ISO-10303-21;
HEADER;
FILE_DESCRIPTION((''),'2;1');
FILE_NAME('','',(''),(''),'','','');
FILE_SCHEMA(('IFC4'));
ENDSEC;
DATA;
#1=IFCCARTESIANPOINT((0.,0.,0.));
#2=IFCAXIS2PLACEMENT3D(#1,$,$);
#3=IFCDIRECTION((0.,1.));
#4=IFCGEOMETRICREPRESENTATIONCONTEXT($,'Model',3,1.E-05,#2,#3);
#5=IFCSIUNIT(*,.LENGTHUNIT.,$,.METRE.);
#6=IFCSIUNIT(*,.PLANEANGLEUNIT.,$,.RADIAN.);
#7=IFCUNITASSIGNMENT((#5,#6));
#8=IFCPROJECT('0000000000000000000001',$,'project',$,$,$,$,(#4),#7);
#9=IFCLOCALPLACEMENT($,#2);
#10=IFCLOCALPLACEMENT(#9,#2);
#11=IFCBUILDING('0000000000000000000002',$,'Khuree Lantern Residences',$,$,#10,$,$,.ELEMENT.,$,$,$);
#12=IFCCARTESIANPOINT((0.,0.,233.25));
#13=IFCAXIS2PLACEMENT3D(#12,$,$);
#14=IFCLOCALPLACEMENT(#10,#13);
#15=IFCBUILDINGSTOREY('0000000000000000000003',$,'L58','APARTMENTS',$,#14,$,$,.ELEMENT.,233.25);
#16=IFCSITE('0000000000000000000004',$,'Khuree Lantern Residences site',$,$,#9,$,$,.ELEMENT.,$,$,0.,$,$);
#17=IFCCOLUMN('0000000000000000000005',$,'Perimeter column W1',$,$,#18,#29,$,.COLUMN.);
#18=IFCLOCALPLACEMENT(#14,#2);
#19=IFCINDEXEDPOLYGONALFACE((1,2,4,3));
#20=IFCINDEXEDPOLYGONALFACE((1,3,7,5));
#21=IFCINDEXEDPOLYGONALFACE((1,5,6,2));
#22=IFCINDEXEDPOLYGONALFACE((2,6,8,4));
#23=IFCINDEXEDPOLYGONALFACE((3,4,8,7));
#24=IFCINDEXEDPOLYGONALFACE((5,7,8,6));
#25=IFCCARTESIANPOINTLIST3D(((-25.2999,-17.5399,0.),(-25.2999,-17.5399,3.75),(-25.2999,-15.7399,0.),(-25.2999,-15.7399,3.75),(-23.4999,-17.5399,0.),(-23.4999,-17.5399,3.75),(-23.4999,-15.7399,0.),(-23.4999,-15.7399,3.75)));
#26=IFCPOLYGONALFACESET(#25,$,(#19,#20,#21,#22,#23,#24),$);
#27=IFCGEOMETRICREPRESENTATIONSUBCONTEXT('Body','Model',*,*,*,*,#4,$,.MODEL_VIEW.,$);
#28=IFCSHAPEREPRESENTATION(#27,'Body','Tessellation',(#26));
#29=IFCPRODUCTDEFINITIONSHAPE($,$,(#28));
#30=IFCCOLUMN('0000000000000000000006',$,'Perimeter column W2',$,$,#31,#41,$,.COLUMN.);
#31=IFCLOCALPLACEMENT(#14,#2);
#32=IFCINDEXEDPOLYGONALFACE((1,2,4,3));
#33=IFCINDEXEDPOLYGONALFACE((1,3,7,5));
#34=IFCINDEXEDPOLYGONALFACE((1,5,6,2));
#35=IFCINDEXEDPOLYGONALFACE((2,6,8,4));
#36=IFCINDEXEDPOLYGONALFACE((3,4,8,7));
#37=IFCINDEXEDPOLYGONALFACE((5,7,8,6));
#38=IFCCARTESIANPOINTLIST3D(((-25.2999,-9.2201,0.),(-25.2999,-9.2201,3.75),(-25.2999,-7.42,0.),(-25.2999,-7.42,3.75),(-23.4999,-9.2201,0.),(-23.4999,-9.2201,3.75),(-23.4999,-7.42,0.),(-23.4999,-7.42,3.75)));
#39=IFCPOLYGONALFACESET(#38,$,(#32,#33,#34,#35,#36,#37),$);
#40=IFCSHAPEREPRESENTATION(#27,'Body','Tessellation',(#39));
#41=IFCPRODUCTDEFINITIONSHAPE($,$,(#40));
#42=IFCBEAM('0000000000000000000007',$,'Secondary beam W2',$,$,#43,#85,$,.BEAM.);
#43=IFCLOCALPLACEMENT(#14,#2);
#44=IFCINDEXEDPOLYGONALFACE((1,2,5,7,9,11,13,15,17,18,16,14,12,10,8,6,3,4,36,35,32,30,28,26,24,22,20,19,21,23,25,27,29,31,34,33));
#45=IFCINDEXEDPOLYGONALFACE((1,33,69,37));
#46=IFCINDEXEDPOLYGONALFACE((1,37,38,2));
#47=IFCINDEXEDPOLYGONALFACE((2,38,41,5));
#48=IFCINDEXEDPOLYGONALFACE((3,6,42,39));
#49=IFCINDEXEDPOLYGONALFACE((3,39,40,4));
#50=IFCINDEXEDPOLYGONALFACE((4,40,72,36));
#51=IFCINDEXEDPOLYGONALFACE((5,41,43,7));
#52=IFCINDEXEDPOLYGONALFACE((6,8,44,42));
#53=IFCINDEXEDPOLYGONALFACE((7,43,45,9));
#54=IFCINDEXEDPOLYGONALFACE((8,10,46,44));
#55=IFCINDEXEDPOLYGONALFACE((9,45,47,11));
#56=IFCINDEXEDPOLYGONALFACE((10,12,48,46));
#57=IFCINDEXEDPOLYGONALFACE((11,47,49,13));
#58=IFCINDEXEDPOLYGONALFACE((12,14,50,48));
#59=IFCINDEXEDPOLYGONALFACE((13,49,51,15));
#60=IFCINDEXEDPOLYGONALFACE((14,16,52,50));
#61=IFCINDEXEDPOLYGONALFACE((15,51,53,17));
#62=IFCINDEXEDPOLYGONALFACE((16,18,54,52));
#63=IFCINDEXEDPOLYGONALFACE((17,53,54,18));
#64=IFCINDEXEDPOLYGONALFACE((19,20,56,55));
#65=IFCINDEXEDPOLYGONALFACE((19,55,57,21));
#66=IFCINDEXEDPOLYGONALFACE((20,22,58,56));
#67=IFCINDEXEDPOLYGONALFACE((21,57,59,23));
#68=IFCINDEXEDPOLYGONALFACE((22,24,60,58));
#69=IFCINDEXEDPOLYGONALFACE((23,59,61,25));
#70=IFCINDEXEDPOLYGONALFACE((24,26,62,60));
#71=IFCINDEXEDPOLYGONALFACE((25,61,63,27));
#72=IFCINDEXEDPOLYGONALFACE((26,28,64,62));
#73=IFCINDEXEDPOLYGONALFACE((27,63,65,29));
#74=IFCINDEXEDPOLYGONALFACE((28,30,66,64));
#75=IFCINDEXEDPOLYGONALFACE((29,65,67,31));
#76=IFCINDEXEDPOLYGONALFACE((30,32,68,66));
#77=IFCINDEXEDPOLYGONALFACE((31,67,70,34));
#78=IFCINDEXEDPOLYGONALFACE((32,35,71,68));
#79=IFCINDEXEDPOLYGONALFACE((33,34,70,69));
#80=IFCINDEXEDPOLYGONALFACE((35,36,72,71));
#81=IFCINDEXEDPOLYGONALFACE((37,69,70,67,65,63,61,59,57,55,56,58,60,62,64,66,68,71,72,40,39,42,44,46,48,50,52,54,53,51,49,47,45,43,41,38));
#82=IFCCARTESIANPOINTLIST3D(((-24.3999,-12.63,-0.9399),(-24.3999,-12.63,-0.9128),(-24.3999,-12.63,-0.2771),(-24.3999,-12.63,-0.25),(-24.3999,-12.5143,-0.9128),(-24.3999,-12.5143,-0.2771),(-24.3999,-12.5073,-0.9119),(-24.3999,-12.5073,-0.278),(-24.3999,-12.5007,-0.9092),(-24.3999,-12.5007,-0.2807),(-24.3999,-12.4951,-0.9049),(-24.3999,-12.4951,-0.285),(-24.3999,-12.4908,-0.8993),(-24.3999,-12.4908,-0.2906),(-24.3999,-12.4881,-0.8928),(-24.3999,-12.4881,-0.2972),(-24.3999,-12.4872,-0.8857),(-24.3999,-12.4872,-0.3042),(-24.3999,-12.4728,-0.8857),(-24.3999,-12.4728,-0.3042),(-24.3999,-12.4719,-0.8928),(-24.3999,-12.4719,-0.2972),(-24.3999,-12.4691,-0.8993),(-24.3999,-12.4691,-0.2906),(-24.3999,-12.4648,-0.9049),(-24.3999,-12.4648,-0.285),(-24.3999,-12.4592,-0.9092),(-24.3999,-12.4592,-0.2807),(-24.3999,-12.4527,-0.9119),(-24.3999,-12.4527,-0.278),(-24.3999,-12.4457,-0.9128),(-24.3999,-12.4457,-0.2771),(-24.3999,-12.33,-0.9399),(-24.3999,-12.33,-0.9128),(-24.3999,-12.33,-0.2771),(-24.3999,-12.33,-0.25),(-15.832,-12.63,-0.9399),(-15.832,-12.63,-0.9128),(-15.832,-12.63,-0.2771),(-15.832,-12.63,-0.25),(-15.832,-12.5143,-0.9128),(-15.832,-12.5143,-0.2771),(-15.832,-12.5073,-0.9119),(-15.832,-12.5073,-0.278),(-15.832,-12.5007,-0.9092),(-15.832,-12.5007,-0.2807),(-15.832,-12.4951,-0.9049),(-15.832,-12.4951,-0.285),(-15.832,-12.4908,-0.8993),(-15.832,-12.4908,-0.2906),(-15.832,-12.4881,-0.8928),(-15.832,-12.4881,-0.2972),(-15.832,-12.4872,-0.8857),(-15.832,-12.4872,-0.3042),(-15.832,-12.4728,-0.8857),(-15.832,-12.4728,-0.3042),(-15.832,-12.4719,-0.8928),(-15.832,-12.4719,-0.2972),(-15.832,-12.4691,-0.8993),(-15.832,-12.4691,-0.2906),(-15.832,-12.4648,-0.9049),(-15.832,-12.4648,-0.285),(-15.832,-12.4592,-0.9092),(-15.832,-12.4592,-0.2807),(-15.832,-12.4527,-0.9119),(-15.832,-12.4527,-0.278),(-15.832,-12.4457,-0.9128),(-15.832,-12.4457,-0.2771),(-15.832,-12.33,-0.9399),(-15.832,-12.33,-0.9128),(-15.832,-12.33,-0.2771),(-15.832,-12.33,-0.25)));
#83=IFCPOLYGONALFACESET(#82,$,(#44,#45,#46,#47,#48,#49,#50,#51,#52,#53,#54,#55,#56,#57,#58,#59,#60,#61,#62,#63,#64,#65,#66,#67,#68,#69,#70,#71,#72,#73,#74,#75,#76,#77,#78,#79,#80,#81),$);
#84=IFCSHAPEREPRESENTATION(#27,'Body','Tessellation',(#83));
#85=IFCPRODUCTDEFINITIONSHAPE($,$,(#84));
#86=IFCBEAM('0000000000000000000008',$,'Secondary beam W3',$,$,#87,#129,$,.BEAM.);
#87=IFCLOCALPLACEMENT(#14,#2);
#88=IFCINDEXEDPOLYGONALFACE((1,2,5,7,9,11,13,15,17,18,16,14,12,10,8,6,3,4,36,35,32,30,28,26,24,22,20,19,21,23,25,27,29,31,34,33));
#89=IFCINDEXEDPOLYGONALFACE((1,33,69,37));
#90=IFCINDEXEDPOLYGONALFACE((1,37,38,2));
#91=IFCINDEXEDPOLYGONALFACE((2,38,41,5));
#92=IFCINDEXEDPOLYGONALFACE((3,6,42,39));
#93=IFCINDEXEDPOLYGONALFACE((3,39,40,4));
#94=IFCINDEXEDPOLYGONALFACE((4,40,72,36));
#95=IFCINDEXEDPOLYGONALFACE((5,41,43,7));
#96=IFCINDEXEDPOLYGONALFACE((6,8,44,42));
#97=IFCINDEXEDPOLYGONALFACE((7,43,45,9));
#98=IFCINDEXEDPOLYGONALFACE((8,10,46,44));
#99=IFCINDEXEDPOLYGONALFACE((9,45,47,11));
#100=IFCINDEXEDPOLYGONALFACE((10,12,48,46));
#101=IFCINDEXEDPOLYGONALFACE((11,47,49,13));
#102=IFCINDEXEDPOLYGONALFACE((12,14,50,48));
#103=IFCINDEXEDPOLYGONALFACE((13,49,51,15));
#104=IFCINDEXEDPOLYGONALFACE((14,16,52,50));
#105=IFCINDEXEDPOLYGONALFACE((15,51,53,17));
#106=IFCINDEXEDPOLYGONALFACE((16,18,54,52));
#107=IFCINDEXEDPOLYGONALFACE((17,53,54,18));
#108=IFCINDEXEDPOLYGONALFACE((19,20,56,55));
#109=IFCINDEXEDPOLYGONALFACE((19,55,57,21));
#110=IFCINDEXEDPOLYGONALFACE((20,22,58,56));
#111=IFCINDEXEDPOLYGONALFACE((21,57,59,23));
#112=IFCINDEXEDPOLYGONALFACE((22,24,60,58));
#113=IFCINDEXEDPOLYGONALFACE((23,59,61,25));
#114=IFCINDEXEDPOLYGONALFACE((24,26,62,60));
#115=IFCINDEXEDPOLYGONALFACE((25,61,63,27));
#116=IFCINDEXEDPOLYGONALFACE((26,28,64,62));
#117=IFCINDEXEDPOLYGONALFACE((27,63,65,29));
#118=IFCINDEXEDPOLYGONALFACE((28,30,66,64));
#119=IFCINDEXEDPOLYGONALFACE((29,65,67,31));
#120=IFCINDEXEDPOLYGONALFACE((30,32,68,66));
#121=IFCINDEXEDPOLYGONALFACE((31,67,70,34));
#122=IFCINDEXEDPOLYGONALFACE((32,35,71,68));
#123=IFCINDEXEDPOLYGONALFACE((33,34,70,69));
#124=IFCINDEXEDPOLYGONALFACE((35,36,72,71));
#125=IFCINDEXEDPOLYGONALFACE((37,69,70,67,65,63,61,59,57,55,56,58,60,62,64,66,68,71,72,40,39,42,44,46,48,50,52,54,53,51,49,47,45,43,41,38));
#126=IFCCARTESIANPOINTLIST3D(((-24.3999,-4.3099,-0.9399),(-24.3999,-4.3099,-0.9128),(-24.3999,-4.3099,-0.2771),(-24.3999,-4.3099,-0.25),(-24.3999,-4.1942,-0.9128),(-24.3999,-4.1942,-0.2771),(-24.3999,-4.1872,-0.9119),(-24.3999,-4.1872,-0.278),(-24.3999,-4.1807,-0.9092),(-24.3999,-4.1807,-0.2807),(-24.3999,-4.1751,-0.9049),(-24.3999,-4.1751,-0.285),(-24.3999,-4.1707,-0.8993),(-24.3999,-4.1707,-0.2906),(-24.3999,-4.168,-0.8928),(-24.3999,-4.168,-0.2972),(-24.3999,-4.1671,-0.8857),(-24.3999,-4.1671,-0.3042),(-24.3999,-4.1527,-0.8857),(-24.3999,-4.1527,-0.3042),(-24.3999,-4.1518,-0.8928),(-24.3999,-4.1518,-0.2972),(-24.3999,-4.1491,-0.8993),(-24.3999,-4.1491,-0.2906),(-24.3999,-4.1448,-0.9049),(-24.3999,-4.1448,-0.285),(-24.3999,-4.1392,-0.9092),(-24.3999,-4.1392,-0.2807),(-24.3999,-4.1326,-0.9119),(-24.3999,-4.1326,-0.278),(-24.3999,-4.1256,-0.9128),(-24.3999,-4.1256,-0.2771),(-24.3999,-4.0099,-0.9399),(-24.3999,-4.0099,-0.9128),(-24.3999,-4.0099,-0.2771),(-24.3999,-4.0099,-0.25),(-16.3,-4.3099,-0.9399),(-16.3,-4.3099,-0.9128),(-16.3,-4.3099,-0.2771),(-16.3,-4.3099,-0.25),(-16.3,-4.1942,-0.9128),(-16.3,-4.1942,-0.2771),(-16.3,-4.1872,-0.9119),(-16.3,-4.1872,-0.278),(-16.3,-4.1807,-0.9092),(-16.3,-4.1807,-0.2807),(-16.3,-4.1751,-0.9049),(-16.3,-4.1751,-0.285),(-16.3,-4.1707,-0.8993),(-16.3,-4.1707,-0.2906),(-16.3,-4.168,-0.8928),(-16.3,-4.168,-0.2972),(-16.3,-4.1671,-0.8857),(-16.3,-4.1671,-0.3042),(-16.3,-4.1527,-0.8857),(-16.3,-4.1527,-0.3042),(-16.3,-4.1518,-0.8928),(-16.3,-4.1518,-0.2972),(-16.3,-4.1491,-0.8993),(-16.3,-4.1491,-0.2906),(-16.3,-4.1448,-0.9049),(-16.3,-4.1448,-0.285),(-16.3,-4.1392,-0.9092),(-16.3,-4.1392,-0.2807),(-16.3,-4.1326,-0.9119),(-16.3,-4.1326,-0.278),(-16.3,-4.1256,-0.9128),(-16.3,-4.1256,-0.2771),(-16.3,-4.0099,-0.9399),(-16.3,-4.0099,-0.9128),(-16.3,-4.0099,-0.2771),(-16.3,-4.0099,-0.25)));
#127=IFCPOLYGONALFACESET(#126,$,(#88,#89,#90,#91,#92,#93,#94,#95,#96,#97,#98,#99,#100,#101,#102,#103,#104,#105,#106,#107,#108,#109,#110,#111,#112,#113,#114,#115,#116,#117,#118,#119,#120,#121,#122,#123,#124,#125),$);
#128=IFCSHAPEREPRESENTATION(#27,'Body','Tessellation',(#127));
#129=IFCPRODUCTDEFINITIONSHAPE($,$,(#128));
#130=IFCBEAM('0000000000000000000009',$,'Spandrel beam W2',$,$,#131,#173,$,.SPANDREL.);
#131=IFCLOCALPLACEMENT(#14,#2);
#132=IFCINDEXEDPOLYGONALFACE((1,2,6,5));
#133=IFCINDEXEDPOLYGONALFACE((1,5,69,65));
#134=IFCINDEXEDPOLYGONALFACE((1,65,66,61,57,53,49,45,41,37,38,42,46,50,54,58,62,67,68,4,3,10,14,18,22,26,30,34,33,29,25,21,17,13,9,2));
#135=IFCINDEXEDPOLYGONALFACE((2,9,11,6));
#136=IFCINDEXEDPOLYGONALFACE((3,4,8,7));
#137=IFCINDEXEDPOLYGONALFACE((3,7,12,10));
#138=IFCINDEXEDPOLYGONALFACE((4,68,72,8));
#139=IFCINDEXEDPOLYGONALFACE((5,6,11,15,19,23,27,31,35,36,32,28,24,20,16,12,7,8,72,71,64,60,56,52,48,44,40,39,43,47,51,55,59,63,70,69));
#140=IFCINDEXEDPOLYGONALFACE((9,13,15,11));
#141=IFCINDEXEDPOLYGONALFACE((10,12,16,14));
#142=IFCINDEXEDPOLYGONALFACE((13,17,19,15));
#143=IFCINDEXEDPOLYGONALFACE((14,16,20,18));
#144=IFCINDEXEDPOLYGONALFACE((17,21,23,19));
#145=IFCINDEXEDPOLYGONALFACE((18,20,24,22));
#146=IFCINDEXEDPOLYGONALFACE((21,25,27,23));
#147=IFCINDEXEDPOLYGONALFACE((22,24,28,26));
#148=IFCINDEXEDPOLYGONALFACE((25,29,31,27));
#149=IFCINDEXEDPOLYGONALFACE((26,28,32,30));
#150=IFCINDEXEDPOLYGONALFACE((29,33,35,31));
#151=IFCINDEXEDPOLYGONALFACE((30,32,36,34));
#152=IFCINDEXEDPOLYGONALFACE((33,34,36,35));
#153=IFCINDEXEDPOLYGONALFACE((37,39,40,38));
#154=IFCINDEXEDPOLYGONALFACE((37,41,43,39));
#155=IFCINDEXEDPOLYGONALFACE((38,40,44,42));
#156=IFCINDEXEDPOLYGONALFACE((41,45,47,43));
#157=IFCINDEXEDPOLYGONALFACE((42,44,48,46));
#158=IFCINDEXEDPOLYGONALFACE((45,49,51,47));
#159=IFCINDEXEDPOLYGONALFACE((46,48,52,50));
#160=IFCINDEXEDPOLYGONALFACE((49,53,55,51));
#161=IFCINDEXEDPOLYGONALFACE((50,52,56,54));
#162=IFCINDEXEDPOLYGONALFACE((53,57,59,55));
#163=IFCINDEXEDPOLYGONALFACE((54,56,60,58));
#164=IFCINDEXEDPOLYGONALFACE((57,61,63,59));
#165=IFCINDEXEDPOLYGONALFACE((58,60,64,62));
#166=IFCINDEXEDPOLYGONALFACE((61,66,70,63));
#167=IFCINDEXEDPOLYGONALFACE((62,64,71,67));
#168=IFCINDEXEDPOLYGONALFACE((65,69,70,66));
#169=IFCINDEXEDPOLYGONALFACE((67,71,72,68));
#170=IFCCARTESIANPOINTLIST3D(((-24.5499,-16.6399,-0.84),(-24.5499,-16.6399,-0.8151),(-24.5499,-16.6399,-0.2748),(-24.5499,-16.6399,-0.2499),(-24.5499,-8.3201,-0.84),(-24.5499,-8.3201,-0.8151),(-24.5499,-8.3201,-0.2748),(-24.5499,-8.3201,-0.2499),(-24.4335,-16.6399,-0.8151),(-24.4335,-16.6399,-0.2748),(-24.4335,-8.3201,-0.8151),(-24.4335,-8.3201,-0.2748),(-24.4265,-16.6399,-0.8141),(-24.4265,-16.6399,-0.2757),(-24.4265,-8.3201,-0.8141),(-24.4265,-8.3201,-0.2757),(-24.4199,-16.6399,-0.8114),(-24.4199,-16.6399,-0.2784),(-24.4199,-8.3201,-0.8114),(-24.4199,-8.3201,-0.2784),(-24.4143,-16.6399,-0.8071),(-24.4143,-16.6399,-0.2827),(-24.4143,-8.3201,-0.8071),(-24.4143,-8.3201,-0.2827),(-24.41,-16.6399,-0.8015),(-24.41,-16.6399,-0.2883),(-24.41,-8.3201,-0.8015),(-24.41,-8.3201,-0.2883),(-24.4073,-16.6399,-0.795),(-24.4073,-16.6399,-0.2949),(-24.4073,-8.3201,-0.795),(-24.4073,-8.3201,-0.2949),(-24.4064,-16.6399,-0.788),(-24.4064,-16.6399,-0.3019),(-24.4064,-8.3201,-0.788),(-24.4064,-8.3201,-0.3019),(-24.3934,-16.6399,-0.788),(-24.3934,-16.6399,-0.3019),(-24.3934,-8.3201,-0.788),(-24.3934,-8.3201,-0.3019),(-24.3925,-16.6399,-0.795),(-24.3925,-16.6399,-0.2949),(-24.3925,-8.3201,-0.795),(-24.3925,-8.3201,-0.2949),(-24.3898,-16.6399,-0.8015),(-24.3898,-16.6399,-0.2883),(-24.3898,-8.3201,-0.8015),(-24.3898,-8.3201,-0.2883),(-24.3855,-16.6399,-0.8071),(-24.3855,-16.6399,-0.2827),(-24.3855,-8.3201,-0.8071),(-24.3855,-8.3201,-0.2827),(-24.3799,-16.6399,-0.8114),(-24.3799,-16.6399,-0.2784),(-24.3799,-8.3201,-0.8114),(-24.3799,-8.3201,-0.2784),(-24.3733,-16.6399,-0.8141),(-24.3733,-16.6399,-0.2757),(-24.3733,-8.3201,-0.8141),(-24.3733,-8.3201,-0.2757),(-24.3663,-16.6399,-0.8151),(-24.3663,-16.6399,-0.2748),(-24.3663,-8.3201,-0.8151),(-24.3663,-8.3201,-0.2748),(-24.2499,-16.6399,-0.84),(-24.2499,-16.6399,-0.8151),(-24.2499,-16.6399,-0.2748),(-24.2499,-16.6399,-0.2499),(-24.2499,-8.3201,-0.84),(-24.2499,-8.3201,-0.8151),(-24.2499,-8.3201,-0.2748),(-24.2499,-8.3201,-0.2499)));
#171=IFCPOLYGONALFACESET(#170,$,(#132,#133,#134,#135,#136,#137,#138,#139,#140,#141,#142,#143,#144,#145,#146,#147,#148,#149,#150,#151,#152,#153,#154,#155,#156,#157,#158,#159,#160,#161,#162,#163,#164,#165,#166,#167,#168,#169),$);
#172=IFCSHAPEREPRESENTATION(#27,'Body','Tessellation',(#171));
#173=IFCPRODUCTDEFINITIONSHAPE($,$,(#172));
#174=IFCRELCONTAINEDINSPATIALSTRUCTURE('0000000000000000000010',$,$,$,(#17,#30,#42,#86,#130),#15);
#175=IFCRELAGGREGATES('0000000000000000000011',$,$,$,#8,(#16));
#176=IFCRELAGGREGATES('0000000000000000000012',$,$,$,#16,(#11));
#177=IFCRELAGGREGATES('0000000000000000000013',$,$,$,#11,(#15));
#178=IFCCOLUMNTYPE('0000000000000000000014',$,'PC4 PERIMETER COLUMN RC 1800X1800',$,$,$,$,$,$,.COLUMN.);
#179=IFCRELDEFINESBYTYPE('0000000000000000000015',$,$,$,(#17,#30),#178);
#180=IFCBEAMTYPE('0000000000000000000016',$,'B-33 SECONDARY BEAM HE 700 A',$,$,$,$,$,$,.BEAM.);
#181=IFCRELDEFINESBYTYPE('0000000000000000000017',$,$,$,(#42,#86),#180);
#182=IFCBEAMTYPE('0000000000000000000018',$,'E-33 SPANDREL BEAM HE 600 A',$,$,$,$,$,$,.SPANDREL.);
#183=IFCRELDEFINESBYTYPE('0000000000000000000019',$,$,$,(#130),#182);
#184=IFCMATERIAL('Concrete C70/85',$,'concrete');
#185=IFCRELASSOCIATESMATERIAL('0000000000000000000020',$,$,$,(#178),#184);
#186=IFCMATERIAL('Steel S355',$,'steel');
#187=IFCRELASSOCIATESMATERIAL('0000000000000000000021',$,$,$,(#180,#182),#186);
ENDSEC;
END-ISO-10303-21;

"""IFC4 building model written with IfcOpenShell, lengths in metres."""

from ifc_helpers import new_model, si_unit, direction, frame, origin, origin_2d, place, context, subcontext, project, spatial, rectangle, i_section, extrude, material, material_profile, profile_set, type_object, element, save


model = new_model("IFC4")

# Units and contexts
model_context = context("Model", 3, precision=1e-05, world=origin(), true_north=direction((0.0, 1.0)))
body_context = subcontext(model_context, "Body", "Model", "MODEL_VIEW")
ifc_project = project(units=[si_unit("LENGTHUNIT", "METRE"), si_unit("PLANEANGLEUNIT", "RADIAN")], contexts=[model_context])

# Site, building, storey
site_placement = place(None, origin())
site = spatial("IfcSite", under=ifc_project, at=site_placement, Name="Khuree Lantern Residences site", CompositionType="ELEMENT", RefElevation=0.0)
building_placement = place(site_placement, origin())
building = spatial("IfcBuilding", under=site, at=building_placement, Name="Khuree Lantern Residences", CompositionType="ELEMENT")
storey_placement = place(building_placement, frame((0.0, 0.0, 233.25)))
storey = spatial("IfcBuildingStorey", under=building, at=storey_placement, Name="L58", Description="APARTMENTS", CompositionType="ELEMENT", Elevation=233.25)

# Columns
ifc_material_1 = material(Name="Concrete C70/85", Category="concrete")
ifc_material_profile_1 = material_profile(ifc_material_1, rectangle(XDim=1.8, YDim=1.8, at=origin_2d()), Name="RC 1800X1800")
ifc_profile_set_1 = profile_set([ifc_material_profile_1], Name="Concrete C70/85")
column_type = type_object("IfcColumnType", Name="PC4 PERIMETER COLUMN RC 1800X1800", PredefinedType="COLUMN", material=ifc_profile_set_1)
for number, where, z_axis, x_axis, name in (
    (1, (-24.3999, -16.6399, 0.0), (0.0, 0.0, 1.0), (0.0, 1.0, 0.0), "Perimeter column W1"),
    (2, (-24.3999, -8.3201, 0.0), (0.0, 0.0, 1.0), (0.0, 1.0, 0.0), "Perimeter column W2"),
):
    element("IfcColumn", number, at=place(storey_placement, frame(where, z_axis=z_axis, x_axis=x_axis)), inside=storey, type_object=column_type, Name=name, PredefinedType="COLUMN", context=body_context, shape_type="SweptSolid", body=[
        extrude(rectangle(XDim=1.8, YDim=1.8, at=origin_2d()), origin(), (0.0, 0.0, 1.0), 3.75),
    ])

# Beams
ifc_material_2 = material(Name="Steel S355", Category="steel")
ifc_material_profile_2 = material_profile(ifc_material_2, i_section(OverallWidth=0.3, OverallDepth=0.6899, WebThickness=0.0144, FlangeThickness=0.0271, FilletRadius=0.0271, at=origin_2d()), Name="HE 700 A")
ifc_profile_set_2 = profile_set([ifc_material_profile_2], Name="Steel S355")
beam_type_1 = type_object("IfcBeamType", Name="B-33 SECONDARY BEAM HE 700 A", PredefinedType="BEAM", material=ifc_profile_set_2)
beam_1_placement = place(storey_placement, frame((-24.3999, -12.48, -0.595), z_axis=(1.0, 0.0, 0.0), x_axis=(0.0, 1.0, 0.0)))
element("IfcBeam", 3, at=beam_1_placement, inside=storey, type_object=beam_type_1, Name="Secondary beam W2", PredefinedType="BEAM", context=body_context, shape_type="SweptSolid", body=[
    extrude(i_section(OverallWidth=0.3, OverallDepth=0.6899, WebThickness=0.0144, FlangeThickness=0.0271, FilletRadius=0.0271, at=origin_2d()), origin(), (0.0, 0.0, 1.0), 8.5679),
])
beam_2_placement = place(storey_placement, frame((-24.3999, -4.1599, -0.595), z_axis=(1.0, 0.0, 0.0), x_axis=(0.0, 1.0, 0.0)))
element("IfcBeam", 4, at=beam_2_placement, inside=storey, type_object=beam_type_1, Name="Secondary beam W3", PredefinedType="BEAM", context=body_context, shape_type="SweptSolid", body=[
    extrude(i_section(OverallWidth=0.3, OverallDepth=0.6899, WebThickness=0.0144, FlangeThickness=0.0271, FilletRadius=0.0271, at=origin_2d()), origin(), (0.0, 0.0, 1.0), 8.0999),
])
ifc_material_profile_3 = material_profile(ifc_material_2, i_section(OverallWidth=0.3, OverallDepth=0.5901, WebThickness=0.0129, FlangeThickness=0.0249, FilletRadius=0.0271, at=origin_2d()), Name="HE 600 A")
ifc_profile_set_3 = profile_set([ifc_material_profile_3], Name="Steel S355")
beam_type_2 = type_object("IfcBeamType", Name="E-33 SPANDREL BEAM HE 600 A", PredefinedType="SPANDREL", material=ifc_profile_set_3)
beam_3_placement = place(storey_placement, frame((-24.3999, -16.6399, -0.5449), z_axis=(0.0, 1.0, 0.0), x_axis=(-1.0, 0.0, 0.0)))
element("IfcBeam", 5, at=beam_3_placement, inside=storey, type_object=beam_type_2, Name="Spandrel beam W2", PredefinedType="SPANDREL", context=body_context, shape_type="SweptSolid", body=[
    extrude(i_section(OverallWidth=0.3, OverallDepth=0.5901, WebThickness=0.0129, FlangeThickness=0.0249, FilletRadius=0.0271, at=origin_2d()), origin(), (0.0, 0.0, 1.0), 8.3198),
])

save(model, "model.ifc")
